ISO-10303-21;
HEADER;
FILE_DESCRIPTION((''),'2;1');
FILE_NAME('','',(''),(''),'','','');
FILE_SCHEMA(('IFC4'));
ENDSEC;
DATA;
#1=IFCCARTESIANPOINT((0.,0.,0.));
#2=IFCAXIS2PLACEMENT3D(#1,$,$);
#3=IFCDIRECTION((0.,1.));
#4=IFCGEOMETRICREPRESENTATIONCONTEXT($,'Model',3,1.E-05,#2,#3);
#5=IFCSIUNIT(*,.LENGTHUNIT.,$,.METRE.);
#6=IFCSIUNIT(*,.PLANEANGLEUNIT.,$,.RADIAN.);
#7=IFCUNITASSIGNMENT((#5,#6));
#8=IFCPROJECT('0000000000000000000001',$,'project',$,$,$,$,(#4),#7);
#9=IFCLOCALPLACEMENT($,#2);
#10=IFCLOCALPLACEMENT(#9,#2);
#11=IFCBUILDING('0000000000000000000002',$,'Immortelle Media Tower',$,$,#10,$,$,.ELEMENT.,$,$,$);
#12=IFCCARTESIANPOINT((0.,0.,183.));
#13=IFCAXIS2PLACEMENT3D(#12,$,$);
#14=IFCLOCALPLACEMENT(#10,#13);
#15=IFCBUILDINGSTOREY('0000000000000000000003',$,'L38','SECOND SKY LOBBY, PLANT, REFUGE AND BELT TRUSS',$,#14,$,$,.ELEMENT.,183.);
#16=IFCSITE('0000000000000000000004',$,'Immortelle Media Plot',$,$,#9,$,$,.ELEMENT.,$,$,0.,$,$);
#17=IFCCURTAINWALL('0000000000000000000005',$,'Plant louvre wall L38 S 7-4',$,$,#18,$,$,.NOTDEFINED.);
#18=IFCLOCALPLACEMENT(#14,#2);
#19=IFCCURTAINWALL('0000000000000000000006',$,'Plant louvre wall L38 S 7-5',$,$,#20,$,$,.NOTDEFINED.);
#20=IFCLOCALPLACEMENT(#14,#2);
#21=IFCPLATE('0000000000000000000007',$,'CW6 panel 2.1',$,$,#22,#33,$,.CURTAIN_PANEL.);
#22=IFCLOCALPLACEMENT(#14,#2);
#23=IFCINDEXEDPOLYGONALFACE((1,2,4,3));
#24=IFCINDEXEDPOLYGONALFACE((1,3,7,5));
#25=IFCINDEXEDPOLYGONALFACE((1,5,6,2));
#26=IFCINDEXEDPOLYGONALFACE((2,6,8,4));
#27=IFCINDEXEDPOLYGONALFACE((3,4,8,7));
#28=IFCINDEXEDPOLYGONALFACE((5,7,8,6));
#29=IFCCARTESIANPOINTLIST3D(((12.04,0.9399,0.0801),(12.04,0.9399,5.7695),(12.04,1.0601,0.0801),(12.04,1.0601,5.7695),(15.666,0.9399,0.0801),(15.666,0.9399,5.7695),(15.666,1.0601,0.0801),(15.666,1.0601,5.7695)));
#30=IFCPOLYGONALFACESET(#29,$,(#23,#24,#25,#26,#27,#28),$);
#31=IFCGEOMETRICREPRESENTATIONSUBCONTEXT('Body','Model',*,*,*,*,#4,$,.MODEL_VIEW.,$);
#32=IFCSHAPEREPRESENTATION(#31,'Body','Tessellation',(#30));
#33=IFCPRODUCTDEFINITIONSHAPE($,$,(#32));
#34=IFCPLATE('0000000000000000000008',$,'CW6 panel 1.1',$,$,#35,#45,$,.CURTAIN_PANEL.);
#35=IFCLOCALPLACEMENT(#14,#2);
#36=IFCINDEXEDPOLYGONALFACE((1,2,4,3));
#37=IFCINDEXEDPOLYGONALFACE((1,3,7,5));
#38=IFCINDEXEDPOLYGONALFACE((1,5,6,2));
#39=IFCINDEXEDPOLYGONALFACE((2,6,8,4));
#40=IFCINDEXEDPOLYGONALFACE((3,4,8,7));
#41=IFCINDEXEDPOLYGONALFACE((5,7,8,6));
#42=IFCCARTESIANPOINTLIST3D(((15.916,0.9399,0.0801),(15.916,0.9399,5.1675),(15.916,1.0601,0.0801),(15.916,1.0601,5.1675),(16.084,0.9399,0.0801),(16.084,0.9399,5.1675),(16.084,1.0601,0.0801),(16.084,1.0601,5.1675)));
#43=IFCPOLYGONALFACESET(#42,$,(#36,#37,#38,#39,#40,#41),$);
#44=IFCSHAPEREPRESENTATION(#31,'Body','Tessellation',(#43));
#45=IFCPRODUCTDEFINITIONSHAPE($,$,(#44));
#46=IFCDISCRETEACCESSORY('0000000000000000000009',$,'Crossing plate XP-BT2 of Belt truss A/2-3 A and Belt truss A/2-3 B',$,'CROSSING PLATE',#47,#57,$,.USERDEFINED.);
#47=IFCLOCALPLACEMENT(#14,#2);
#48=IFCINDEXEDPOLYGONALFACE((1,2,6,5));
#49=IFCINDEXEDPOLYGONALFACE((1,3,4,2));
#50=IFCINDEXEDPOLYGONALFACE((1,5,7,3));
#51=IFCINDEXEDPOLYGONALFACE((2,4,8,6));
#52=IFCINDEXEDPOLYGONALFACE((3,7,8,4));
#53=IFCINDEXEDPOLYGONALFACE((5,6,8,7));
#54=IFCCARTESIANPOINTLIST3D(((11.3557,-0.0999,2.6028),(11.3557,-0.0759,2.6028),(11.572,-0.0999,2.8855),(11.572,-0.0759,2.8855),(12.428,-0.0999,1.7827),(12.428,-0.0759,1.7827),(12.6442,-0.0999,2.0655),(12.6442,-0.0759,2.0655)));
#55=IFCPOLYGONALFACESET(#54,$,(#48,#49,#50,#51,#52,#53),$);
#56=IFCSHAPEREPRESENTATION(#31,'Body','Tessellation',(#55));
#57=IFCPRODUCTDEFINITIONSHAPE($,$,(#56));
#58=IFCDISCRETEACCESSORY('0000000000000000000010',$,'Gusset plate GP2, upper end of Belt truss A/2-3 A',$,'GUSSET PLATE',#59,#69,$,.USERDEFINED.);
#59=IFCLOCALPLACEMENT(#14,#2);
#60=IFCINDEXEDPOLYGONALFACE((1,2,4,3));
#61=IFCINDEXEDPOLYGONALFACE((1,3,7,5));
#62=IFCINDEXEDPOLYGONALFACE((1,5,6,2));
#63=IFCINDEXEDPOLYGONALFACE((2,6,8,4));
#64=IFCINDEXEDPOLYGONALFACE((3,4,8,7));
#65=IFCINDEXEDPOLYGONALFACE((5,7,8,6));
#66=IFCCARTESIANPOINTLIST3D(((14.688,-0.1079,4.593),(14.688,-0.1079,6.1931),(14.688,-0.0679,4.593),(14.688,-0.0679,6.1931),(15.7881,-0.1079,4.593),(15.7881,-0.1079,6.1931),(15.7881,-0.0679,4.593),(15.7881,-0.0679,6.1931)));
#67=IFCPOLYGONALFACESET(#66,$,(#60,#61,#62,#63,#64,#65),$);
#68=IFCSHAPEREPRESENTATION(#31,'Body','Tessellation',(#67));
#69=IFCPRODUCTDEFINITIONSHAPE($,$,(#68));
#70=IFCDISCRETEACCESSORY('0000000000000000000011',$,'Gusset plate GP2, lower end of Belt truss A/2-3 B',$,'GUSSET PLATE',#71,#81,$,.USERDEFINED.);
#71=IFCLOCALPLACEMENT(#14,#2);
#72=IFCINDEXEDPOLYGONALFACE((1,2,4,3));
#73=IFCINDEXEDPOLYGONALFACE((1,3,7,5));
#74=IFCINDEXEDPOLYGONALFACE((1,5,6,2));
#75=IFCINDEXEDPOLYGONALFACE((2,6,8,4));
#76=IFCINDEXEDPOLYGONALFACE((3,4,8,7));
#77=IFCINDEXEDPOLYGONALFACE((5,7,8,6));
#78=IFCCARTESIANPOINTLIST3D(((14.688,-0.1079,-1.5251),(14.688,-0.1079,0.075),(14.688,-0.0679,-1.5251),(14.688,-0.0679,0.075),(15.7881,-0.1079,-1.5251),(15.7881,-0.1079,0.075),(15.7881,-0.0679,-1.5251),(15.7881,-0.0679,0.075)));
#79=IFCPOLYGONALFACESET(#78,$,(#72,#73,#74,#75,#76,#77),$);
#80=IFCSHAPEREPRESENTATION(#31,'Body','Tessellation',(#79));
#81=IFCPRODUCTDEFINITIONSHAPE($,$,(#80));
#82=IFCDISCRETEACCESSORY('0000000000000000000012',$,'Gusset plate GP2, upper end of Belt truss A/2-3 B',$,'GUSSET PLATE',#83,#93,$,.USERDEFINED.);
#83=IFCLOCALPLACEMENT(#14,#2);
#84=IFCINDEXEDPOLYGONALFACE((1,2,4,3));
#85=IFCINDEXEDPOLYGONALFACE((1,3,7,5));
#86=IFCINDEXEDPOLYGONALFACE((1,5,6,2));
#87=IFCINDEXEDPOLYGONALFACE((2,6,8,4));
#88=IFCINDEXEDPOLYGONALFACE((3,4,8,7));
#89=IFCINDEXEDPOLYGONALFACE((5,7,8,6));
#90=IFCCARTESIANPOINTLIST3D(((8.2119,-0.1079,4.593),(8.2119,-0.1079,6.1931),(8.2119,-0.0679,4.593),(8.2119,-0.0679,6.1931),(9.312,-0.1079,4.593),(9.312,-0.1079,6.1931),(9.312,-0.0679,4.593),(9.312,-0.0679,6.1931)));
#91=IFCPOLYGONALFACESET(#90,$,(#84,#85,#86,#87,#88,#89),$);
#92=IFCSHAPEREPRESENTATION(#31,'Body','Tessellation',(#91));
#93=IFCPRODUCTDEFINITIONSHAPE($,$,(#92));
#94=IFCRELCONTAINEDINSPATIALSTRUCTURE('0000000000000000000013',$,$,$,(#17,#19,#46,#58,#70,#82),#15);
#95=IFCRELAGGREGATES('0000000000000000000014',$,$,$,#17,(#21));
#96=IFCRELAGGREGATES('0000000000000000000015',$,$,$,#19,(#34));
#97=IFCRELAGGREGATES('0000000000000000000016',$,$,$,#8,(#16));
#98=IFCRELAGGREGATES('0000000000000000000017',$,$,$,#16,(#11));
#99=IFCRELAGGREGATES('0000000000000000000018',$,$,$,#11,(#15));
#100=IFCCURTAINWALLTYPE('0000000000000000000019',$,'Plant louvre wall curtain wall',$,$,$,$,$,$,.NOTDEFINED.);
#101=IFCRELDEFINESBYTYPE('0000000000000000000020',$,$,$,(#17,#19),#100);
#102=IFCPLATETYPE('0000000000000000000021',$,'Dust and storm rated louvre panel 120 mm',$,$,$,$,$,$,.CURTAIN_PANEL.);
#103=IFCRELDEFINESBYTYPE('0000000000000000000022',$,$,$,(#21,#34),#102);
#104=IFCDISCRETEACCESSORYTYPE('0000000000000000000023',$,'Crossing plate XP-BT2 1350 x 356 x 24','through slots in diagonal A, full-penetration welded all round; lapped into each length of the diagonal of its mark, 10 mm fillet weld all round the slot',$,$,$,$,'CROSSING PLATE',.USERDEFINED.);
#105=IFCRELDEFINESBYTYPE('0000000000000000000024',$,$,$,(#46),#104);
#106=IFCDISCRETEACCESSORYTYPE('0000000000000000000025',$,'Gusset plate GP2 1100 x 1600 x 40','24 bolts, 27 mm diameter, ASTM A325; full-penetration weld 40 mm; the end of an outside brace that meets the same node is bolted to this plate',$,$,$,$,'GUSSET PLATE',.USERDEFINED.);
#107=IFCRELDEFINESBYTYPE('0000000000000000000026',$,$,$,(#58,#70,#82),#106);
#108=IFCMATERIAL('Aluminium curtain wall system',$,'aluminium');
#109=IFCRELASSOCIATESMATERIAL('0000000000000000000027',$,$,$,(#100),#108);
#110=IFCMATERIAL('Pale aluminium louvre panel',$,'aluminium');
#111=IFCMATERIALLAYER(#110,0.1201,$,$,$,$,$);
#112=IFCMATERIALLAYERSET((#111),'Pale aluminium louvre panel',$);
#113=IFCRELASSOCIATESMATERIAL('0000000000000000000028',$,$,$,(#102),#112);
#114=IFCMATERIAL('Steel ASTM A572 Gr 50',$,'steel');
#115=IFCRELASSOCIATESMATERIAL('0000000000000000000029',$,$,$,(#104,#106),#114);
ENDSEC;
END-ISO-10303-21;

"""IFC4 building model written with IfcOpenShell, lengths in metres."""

from ifc_helpers import new_model, si_unit, direction, frame, origin, origin_2d, place, context, subcontext, project, spatial, rectangle, extrude, material, layer, layer_set, material_profile, profile_set, type_object, element, aggregate, save


model = new_model("IFC4")

# Units and contexts
model_context = context("Model", 3, precision=1e-05, world=origin(), true_north=direction((0.0, 1.0)))
body_context = subcontext(model_context, "Body", "Model", "MODEL_VIEW")
ifc_project = project(units=[si_unit("LENGTHUNIT", "METRE"), si_unit("PLANEANGLEUNIT", "RADIAN")], contexts=[model_context])

# Site, building, storey
site_placement = place(None, origin())
site = spatial("IfcSite", under=ifc_project, at=site_placement, Name="Immortelle Media Plot", CompositionType="ELEMENT", RefElevation=0.0)
building_placement = place(site_placement, origin())
building = spatial("IfcBuilding", under=site, at=building_placement, Name="Immortelle Media Tower", CompositionType="ELEMENT")
storey_placement = place(building_placement, frame((0.0, 0.0, 183.0)))
storey = spatial("IfcBuildingStorey", under=building, at=storey_placement, Name="L38", Description="SECOND SKY LOBBY, PLANT, REFUGE AND BELT TRUSS", CompositionType="ELEMENT", Elevation=183.0)

# Curtain walls
ifc_material_1 = material(Name="Aluminium curtain wall system", Category="aluminium")
curtain_wall_type = type_object("IfcCurtainWallType", Name="Plant louvre wall curtain wall", PredefinedType="NOTDEFINED", material=ifc_material_1)
curtain_wall_1_placement = place(storey_placement, origin())
curtain_wall_1 = element("IfcCurtainWall", 1, at=curtain_wall_1_placement, inside=storey, type_object=curtain_wall_type, Name="Plant louvre wall L38 S 7-4", PredefinedType="NOTDEFINED")
curtain_wall_2_placement = place(storey_placement, origin())
curtain_wall_2 = element("IfcCurtainWall", 2, at=curtain_wall_2_placement, inside=storey, type_object=curtain_wall_type, Name="Plant louvre wall L38 S 7-5", PredefinedType="NOTDEFINED")

# Plates
ifc_material_2 = material(Name="Pale aluminium louvre panel", Category="aluminium")
ifc_layer = layer(ifc_material_2, 0.1201)
ifc_layer_set = layer_set([ifc_layer], Name="Pale aluminium louvre panel")
plate_type = type_object("IfcPlateType", Name="Dust and storm rated louvre panel 120 mm", PredefinedType="CURTAIN_PANEL", material=ifc_layer_set)
plate_1_placement = place(storey_placement, frame((13.853, 1.0, 0.0801), z_axis=(0.0, 0.0, 1.0), x_axis=(1.0, 0.0, 0.0)))
plate_1 = element("IfcPlate", 3, at=plate_1_placement, type_object=plate_type, Name="CW6 panel 2.1", PredefinedType="CURTAIN_PANEL", context=body_context, shape_type="SweptSolid", body=[
    extrude(rectangle(XDim=3.626, YDim=0.1201, at=origin_2d()), origin(), (0.0, 0.0, 1.0), 5.6895),
])
aggregate(curtain_wall_1, [plate_1])
plate_2_placement = place(storey_placement, frame((16.0, 1.0, 0.0801), z_axis=(0.0, 0.0, 1.0), x_axis=(1.0, 0.0, 0.0)))
plate_2 = element("IfcPlate", 4, at=plate_2_placement, type_object=plate_type, Name="CW6 panel 1.1", PredefinedType="CURTAIN_PANEL", context=body_context, shape_type="SweptSolid", body=[
    extrude(rectangle(XDim=0.168, YDim=0.1201, at=origin_2d()), origin(), (0.0, 0.0, 1.0), 5.0874),
])
aggregate(curtain_wall_2, [plate_2])

# Discrete accessories
ifc_material_3 = material(Name="Steel ASTM A572 Gr 50", Category="steel")
ifc_material_profile_1 = material_profile(ifc_material_3, rectangle(XDim=0.0239, YDim=0.356, at=origin_2d()), Name="PL 24 x 356")
ifc_profile_set_1 = profile_set([ifc_material_profile_1], Name="Steel ASTM A572 Gr 50")
discrete_accessory_type_1 = type_object("IfcDiscreteAccessoryType", Name="Crossing plate XP-BT2 1350 x 356 x 24", Description="through slots in diagonal A, full-penetration welded all round; lapped into each length of the diagonal of its mark, 10 mm fillet weld all round the slot", ElementType="CROSSING PLATE", PredefinedType="USERDEFINED", material=ifc_profile_set_1)
discrete_accessory_placement = place(storey_placement, frame((11.4639, -0.0879, 2.7441), z_axis=(0.794322, 0.0, -0.607497), x_axis=(0.0, 1.0, 0.0)))
element("IfcDiscreteAccessory", 5, at=discrete_accessory_placement, inside=storey, type_object=discrete_accessory_type_1, Name="Crossing plate XP-BT2 of Belt truss A/2-3 A and Belt truss A/2-3 B", ObjectType="CROSSING PLATE", PredefinedType="USERDEFINED", context=body_context, shape_type="SweptSolid", body=[
    extrude(rectangle(XDim=0.0239, YDim=0.356, at=origin_2d()), origin(), (0.0, 0.0, 1.0), 1.3499),
])
ifc_material_profile_2 = material_profile(ifc_material_3, rectangle(XDim=0.04, YDim=1.6001, at=origin_2d()), Name="PL 40 x 1600")
ifc_profile_set_2 = profile_set([ifc_material_profile_2], Name="Steel ASTM A572 Gr 50")
discrete_accessory_type_2 = type_object("IfcDiscreteAccessoryType", Name="Gusset plate GP2 1100 x 1600 x 40", Description="24 bolts, 27 mm diameter, ASTM A325; full-penetration weld 40 mm; the end of an outside brace that meets the same node is bolted to this plate", ElementType="GUSSET PLATE", PredefinedType="USERDEFINED", material=ifc_profile_set_2)
for number, where, z_axis, x_axis, name in (
    (6, (15.7881, -0.0879, 5.3931), (-1.0, 0.0, 0.0), (0.0, -1.0, 0.0), "Gusset plate GP2, upper end of Belt truss A/2-3 A"),
    (7, (15.7881, -0.0879, -0.7251), (-1.0, 0.0, 0.0), (0.0, -1.0, 0.0), "Gusset plate GP2, lower end of Belt truss A/2-3 B"),
    (8, (8.2119, -0.0879, 5.3931), (1.0, 0.0, 0.0), (0.0, 1.0, 0.0), "Gusset plate GP2, upper end of Belt truss A/2-3 B"),
):
    element("IfcDiscreteAccessory", number, at=place(storey_placement, frame(where, z_axis=z_axis, x_axis=x_axis)), inside=storey, type_object=discrete_accessory_type_2, Name=name, ObjectType="GUSSET PLATE", PredefinedType="USERDEFINED", context=body_context, shape_type="SweptSolid", body=[
        extrude(rectangle(XDim=0.04, YDim=1.6001, at=origin_2d()), origin(), (0.0, 0.0, 1.0), 1.1001),
    ])

save(model, "model.ifc")
